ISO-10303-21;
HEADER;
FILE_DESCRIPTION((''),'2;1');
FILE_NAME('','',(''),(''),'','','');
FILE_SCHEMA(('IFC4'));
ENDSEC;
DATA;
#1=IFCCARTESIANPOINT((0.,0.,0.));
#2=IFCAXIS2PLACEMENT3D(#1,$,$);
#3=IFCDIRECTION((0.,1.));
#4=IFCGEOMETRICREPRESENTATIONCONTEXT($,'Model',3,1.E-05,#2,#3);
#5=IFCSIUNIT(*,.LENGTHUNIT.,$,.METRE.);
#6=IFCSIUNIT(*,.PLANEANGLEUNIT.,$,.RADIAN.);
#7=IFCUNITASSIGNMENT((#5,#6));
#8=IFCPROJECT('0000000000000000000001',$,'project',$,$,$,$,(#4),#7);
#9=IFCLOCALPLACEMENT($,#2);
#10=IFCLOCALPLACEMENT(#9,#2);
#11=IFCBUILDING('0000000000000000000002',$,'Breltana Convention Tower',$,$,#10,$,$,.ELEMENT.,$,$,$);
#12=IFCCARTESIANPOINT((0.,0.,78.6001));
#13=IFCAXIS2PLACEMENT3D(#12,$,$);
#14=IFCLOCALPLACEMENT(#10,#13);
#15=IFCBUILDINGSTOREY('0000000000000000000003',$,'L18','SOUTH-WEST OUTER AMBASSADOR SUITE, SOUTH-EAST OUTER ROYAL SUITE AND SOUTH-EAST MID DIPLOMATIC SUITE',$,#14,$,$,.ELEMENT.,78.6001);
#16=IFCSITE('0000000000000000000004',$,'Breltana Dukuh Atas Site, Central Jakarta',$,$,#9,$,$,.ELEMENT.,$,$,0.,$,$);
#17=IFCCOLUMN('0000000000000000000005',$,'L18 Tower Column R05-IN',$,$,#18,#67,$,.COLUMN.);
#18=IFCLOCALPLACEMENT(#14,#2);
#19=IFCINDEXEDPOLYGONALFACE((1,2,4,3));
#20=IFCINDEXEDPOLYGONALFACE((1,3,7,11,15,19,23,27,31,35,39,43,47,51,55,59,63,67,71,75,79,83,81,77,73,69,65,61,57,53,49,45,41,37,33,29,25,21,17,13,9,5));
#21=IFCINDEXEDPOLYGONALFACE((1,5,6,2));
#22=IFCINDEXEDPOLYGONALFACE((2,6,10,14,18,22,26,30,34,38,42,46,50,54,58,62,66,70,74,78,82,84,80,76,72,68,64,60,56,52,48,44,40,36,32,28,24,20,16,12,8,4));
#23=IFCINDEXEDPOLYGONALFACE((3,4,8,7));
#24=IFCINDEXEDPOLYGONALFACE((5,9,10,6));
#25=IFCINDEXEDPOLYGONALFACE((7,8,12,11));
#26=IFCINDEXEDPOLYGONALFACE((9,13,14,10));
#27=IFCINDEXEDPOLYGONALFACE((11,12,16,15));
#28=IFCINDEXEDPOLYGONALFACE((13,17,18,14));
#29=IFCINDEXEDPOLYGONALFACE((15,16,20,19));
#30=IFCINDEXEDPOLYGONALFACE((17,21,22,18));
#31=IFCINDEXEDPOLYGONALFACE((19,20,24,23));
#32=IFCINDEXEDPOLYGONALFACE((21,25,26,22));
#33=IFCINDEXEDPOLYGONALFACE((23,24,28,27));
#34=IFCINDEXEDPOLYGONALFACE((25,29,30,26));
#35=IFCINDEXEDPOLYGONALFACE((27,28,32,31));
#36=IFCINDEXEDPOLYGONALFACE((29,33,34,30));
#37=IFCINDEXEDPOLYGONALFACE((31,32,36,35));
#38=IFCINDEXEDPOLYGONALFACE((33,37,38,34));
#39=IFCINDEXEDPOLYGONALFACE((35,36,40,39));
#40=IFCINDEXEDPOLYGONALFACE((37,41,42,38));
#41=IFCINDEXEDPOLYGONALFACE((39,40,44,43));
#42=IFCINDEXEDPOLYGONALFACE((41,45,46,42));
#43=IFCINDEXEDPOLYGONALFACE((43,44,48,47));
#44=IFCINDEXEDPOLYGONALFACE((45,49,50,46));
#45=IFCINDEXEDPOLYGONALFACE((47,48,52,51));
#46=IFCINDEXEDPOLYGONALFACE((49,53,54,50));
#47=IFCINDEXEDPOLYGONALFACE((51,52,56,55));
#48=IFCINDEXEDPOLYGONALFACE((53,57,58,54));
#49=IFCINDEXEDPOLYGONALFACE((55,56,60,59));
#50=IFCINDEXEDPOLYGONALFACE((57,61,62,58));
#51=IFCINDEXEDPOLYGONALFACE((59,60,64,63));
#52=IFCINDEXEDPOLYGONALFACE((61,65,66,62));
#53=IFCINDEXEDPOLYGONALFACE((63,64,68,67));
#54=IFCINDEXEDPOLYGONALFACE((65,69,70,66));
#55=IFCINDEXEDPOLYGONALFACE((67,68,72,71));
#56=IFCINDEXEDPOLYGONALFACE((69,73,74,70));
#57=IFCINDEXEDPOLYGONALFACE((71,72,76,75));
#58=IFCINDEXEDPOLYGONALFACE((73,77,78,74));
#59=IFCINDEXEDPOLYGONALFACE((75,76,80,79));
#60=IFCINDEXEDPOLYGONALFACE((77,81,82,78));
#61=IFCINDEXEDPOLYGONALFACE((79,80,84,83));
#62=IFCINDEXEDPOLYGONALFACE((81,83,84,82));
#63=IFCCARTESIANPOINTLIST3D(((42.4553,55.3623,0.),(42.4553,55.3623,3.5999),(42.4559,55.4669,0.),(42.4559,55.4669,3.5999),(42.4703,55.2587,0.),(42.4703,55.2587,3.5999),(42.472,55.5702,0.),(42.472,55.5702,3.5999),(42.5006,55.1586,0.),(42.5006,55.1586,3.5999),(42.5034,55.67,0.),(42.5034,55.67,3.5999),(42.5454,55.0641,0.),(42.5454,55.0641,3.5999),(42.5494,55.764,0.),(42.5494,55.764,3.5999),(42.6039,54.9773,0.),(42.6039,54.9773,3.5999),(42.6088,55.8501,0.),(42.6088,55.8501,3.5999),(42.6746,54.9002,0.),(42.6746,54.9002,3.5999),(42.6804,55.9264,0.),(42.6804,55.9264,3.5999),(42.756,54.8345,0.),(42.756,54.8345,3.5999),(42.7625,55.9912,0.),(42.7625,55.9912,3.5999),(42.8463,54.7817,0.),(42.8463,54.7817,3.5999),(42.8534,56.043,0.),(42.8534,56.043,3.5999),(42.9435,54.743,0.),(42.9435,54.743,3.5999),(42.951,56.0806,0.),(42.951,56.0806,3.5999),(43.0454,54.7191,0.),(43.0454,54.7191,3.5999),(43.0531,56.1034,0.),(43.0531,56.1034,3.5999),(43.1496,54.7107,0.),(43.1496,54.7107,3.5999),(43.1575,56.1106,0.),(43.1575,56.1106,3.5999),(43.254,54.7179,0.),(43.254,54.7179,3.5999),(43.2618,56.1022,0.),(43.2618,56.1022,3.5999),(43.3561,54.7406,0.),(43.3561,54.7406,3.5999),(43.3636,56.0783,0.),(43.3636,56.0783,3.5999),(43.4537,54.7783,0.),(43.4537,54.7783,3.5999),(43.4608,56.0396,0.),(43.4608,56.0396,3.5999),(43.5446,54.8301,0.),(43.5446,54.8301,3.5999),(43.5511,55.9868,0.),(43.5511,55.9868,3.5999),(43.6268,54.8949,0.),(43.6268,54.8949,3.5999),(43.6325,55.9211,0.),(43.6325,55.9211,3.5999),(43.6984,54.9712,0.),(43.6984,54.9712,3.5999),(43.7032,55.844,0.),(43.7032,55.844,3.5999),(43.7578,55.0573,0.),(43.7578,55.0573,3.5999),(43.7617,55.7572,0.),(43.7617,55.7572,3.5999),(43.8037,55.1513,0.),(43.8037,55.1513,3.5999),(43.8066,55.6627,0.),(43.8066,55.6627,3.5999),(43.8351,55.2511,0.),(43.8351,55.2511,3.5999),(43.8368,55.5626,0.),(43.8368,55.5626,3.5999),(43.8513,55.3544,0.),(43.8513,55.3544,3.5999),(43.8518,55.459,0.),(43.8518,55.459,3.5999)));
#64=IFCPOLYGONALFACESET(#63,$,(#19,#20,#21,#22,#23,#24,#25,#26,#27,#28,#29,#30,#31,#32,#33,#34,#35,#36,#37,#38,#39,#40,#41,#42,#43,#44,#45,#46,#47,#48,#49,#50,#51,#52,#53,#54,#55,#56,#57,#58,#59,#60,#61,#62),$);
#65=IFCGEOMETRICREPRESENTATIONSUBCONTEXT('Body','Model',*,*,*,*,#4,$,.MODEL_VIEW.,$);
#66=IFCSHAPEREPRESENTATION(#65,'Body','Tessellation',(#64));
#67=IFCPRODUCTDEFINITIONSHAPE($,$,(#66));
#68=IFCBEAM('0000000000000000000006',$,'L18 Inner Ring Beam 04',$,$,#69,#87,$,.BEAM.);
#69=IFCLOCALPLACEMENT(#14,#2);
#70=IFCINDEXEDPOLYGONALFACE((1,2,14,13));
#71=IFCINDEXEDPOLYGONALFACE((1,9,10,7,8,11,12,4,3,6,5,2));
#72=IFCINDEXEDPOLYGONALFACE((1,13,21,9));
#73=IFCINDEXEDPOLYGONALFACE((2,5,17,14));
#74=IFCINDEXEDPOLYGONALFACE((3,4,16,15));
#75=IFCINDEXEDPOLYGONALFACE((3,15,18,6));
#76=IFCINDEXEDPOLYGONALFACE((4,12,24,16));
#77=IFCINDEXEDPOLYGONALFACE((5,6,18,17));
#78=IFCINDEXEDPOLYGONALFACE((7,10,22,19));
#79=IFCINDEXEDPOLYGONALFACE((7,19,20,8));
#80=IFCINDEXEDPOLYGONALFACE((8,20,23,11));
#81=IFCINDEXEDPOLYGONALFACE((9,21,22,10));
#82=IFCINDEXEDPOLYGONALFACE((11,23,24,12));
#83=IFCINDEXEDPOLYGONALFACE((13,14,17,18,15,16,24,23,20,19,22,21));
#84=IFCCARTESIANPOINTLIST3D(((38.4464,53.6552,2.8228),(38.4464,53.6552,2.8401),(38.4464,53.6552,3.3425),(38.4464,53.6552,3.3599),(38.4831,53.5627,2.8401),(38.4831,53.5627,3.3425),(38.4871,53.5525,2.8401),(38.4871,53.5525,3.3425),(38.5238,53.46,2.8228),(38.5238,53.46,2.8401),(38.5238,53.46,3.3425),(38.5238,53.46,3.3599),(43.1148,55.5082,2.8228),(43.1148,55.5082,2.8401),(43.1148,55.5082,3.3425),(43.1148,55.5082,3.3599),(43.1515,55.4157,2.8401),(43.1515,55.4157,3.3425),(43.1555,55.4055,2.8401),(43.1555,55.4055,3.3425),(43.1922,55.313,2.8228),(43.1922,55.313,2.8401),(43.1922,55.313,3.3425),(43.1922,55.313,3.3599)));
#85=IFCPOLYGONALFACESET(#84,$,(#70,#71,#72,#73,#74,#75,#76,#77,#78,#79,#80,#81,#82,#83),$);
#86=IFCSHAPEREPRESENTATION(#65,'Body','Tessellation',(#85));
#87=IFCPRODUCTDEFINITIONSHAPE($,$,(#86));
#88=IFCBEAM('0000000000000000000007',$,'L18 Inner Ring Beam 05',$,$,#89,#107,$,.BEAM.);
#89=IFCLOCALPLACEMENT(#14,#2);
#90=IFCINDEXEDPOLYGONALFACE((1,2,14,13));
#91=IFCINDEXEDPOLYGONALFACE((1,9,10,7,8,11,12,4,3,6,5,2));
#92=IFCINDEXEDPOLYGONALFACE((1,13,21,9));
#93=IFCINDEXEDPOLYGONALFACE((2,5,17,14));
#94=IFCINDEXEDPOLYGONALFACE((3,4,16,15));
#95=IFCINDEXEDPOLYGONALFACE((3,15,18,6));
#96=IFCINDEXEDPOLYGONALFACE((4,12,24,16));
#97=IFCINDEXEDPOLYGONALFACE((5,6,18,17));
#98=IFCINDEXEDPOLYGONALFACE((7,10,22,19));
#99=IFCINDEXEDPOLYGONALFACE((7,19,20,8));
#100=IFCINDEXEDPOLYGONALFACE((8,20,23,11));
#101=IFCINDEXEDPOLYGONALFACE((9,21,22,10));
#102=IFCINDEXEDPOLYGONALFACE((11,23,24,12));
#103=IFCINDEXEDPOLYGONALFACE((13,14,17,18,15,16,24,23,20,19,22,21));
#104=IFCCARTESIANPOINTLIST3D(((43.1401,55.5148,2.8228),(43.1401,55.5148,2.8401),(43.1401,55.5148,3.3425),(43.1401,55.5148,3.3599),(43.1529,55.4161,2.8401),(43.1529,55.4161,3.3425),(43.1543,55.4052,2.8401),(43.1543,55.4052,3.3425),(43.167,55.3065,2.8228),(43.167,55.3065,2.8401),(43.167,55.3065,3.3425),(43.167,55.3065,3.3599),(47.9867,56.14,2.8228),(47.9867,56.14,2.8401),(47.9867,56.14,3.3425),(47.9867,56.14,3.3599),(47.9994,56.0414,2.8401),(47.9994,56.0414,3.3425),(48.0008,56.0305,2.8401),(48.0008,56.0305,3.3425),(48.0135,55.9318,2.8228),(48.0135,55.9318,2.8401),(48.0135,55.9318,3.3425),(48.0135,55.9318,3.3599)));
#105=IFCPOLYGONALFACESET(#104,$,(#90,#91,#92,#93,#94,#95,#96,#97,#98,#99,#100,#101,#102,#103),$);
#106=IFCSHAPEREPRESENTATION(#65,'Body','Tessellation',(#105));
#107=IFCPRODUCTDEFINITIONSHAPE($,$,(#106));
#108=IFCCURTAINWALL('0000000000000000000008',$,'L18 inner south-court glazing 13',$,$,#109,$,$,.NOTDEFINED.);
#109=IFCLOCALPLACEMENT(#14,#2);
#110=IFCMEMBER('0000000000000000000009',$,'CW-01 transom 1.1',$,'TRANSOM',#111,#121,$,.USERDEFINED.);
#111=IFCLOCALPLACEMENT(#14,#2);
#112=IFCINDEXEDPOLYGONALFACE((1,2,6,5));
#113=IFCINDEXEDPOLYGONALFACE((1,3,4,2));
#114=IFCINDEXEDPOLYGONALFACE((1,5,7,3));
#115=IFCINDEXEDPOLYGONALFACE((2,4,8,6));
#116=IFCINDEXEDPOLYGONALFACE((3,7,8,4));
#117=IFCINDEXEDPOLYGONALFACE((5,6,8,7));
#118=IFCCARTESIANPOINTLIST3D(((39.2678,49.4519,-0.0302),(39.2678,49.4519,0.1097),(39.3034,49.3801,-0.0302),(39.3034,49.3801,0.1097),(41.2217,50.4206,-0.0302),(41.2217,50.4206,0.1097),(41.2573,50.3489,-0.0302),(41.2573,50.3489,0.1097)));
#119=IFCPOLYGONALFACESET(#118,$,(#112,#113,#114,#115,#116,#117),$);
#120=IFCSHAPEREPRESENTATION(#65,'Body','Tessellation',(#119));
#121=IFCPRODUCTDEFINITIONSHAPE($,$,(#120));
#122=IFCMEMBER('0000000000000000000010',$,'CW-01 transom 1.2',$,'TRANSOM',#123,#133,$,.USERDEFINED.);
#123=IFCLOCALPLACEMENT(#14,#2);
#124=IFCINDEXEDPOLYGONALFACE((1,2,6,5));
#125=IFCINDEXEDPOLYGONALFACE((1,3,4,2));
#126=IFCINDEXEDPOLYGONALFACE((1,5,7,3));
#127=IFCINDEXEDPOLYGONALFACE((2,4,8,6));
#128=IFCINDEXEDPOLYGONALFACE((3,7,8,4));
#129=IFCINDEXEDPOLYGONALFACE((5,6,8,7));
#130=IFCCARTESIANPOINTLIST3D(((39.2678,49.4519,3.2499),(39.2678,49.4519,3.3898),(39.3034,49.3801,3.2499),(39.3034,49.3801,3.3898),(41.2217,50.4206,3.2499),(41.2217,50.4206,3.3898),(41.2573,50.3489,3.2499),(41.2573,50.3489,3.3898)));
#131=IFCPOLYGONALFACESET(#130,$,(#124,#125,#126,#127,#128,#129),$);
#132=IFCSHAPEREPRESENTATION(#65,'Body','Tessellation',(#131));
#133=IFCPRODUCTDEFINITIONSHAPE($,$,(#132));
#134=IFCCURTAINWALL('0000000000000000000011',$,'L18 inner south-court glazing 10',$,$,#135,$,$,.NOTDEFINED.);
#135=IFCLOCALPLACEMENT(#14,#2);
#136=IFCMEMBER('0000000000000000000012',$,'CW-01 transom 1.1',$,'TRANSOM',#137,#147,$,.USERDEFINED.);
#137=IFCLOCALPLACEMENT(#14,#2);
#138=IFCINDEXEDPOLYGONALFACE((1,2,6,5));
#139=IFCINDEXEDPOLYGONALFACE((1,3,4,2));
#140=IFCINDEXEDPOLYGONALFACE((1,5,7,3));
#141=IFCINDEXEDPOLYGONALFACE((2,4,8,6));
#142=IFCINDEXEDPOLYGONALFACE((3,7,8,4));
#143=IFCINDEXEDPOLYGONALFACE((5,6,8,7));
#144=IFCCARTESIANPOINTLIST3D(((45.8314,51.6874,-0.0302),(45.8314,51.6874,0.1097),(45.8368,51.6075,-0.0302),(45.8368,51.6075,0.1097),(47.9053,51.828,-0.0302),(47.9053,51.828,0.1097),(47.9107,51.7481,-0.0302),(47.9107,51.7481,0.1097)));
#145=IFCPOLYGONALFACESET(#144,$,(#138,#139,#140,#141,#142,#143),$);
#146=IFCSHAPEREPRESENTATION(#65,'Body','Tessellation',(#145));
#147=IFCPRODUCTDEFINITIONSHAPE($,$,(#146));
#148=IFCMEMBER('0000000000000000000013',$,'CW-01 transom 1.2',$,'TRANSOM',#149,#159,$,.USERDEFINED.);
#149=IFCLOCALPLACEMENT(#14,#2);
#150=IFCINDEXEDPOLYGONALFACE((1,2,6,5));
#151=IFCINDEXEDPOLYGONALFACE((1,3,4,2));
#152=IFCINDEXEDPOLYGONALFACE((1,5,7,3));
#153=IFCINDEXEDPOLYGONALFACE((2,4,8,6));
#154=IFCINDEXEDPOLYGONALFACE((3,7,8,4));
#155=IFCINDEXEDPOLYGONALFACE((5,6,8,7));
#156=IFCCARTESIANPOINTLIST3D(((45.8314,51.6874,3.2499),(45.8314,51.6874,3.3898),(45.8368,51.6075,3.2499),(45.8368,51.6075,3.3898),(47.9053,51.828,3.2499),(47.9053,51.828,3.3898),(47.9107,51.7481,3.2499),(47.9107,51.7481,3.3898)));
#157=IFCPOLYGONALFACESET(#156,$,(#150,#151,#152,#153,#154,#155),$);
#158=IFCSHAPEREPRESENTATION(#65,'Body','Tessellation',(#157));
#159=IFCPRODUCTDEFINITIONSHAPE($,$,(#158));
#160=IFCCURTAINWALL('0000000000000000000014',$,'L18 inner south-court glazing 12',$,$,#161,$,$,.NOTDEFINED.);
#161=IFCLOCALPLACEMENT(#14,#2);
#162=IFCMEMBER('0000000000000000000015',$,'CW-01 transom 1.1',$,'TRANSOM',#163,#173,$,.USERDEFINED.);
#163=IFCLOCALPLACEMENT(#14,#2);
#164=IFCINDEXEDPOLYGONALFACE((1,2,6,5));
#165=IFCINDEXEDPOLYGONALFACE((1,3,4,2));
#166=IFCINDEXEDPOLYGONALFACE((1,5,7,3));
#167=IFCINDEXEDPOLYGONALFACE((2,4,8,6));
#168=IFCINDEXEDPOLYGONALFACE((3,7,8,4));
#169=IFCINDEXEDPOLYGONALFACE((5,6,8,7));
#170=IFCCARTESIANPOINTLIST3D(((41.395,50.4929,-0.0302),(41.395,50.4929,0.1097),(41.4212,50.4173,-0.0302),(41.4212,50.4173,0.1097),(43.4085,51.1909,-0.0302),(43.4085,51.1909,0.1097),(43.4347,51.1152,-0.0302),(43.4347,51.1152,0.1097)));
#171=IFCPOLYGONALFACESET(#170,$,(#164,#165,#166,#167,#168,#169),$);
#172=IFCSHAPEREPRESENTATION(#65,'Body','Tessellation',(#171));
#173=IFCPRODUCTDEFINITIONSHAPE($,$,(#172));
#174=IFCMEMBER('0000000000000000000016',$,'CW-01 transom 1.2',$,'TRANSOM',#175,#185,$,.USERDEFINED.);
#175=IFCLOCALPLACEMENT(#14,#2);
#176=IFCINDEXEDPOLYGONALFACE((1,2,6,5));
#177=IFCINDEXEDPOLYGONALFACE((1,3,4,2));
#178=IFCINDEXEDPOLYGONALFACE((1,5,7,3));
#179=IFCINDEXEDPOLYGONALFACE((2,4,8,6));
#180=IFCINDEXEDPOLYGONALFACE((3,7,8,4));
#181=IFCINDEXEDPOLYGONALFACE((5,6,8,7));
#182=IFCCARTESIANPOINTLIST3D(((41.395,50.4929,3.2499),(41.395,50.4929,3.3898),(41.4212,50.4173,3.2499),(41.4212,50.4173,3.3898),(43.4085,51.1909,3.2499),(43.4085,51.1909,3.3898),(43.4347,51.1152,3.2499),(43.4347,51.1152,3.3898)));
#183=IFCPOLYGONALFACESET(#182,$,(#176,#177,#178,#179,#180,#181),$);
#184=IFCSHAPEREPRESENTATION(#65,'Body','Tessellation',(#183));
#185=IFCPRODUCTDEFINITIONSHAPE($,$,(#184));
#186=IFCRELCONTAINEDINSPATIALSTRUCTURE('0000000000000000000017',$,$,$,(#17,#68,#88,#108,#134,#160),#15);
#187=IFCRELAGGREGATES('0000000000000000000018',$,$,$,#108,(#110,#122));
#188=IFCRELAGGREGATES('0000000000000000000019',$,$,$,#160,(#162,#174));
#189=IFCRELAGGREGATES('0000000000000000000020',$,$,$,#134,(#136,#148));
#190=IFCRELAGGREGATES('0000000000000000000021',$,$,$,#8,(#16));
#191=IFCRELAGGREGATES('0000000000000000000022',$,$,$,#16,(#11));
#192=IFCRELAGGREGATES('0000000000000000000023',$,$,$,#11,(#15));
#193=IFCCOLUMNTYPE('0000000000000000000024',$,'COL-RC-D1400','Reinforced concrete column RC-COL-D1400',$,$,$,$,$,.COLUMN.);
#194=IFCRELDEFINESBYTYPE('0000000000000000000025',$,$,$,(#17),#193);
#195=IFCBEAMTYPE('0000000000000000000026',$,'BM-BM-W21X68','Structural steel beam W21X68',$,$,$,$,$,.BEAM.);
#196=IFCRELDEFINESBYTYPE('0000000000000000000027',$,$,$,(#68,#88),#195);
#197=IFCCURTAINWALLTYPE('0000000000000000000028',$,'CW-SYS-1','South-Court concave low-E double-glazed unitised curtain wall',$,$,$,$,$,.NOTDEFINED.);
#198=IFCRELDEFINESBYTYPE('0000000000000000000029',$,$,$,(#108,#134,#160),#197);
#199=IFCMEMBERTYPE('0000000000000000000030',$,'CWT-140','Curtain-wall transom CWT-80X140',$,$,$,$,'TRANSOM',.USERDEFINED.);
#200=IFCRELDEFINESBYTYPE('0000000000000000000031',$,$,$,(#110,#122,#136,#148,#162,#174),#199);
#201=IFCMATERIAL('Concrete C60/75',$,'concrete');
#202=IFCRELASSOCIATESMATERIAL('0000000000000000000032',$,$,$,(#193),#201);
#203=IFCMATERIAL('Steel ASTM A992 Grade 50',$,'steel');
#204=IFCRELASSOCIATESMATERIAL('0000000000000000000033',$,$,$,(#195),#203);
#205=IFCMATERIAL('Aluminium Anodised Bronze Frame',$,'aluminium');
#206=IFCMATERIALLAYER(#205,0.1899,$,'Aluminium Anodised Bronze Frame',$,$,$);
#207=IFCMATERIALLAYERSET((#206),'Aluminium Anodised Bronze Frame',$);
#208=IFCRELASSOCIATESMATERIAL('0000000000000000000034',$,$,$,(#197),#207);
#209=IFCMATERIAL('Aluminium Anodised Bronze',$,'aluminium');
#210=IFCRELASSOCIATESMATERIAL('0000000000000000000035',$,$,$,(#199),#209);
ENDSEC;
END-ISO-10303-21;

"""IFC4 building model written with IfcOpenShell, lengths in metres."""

from ifc_helpers import new_model, si_unit, direction, frame, origin, origin_2d, place, context, subcontext, project, spatial, rectangle, circle, i_section, extrude, source, transform, mapped, material, layer, layer_set, material_profile, profile_set, type_object, element, aggregate, save


model = new_model("IFC4")

# Units and contexts
model_context = context("Model", 3, precision=1e-05, world=origin(), true_north=direction((0.0, 1.0)))
body_context = subcontext(model_context, "Body", "Model", "MODEL_VIEW")
ifc_project = project(units=[si_unit("LENGTHUNIT", "METRE"), si_unit("PLANEANGLEUNIT", "RADIAN")], contexts=[model_context])

# Site, building, storey
site_placement = place(None, origin())
site = spatial("IfcSite", under=ifc_project, at=site_placement, Name="Breltana Dukuh Atas Site, Central Jakarta", CompositionType="ELEMENT", RefElevation=0.0)
building_placement = place(site_placement, origin())
building = spatial("IfcBuilding", under=site, at=building_placement, Name="Breltana Convention Tower", CompositionType="ELEMENT")
storey_placement = place(building_placement, frame((0.0, 0.0, 78.6001)))
storey = spatial("IfcBuildingStorey", under=building, at=storey_placement, Name="L18", Description="SOUTH-WEST OUTER AMBASSADOR SUITE, SOUTH-EAST OUTER ROYAL SUITE AND SOUTH-EAST MID DIPLOMATIC SUITE", CompositionType="ELEMENT", Elevation=78.6001)

# Column
ifc_material_1 = material(Name="Concrete C60/75", Category="concrete")
ifc_material_profile_1 = material_profile(ifc_material_1, circle(Radius=0.7, at=origin_2d()), Name="RC-COL-D1400")
ifc_profile_set_1 = profile_set([ifc_material_profile_1], Name="Concrete C60/75")
column_type = type_object("IfcColumnType", Name="COL-RC-D1400", Description="Reinforced concrete column RC-COL-D1400", PredefinedType="COLUMN", material=ifc_profile_set_1)
shared_shape_1 = source(origin(), body_context, "Body", "SweptSolid", [
    extrude(circle(Radius=0.7, at=origin_2d()), origin(), (0.0, 0.0, 1.0), 3.5999),
])
column_placement = place(storey_placement, frame((43.1536, 55.4106, 0.0), z_axis=(0.0, 0.0, 1.0), x_axis=(-0.143493, 0.989651, 0.0)))
element("IfcColumn", 1, at=column_placement, inside=storey, type_object=column_type, Name="L18 Tower Column R05-IN", PredefinedType="COLUMN", context=body_context, shape_type="MappedRepresentation", body=[
    mapped(shared_shape_1, transform((0.0, 0.0, 0.0), scale=1.0)),
])

# Beams
ifc_material_2 = material(Name="Steel ASTM A992 Grade 50", Category="steel")
ifc_material_profile_2 = material_profile(ifc_material_2, i_section(OverallWidth=0.21, OverallDepth=0.5371, WebThickness=0.011, FlangeThickness=0.0173, at=origin_2d()), Name="W21X68")
ifc_profile_set_2 = profile_set([ifc_material_profile_2], Name="Steel ASTM A992 Grade 50")
beam_type = type_object("IfcBeamType", Name="BM-BM-W21X68", Description="Structural steel beam W21X68", PredefinedType="BEAM", material=ifc_profile_set_2)
shared_shape_2 = source(origin(), body_context, "Body", "SweptSolid", [
    extrude(i_section(OverallWidth=0.21, OverallDepth=0.5371, WebThickness=0.011, FlangeThickness=0.0173, at=origin_2d()), origin(), (0.0, 0.0, 1.0), 5.0227),
])
beam_1_placement = place(storey_placement, frame((38.4851, 53.5576, 3.0913), z_axis=(0.929459, 0.368926, 0.0), x_axis=(-0.368926, 0.929459, 0.0)))
element("IfcBeam", 2, at=beam_1_placement, inside=storey, type_object=beam_type, Name="L18 Inner Ring Beam 04", PredefinedType="BEAM", context=body_context, shape_type="MappedRepresentation", body=[
    mapped(shared_shape_2, transform((0.0, 0.0, 0.0), scale=1.0)),
])
shared_shape_3 = source(origin(), body_context, "Body", "SweptSolid", [
    extrude(i_section(OverallWidth=0.21, OverallDepth=0.5371, WebThickness=0.011, FlangeThickness=0.0173, at=origin_2d()), origin(), (0.0, 0.0, 1.0), 4.8867),
])
beam_2_placement = place(storey_placement, frame((43.1536, 55.4106, 3.0913), z_axis=(0.991781, 0.127951, 0.0), x_axis=(-0.127951, 0.991781, 0.0)))
element("IfcBeam", 3, at=beam_2_placement, inside=storey, type_object=beam_type, Name="L18 Inner Ring Beam 05", PredefinedType="BEAM", context=body_context, shape_type="MappedRepresentation", body=[
    mapped(shared_shape_3, transform((0.0, 0.0, 0.0), scale=1.0)),
])

# Curtain walls, members
ifc_material_3 = material(Name="Aluminium Anodised Bronze Frame", Category="aluminium")
ifc_layer_1 = layer(ifc_material_3, 0.1899, Name="Aluminium Anodised Bronze Frame")
ifc_layer_set_1 = layer_set([ifc_layer_1], Name="Aluminium Anodised Bronze Frame")
curtain_wall_type = type_object("IfcCurtainWallType", Name="CW-SYS-1", Description="South-Court concave low-E double-glazed unitised curtain wall", PredefinedType="NOTDEFINED", material=ifc_layer_set_1)
curtain_wall_1_placement = place(storey_placement, origin())
curtain_wall_1 = element("IfcCurtainWall", 4, at=curtain_wall_1_placement, inside=storey, type_object=curtain_wall_type, Name="L18 inner south-court glazing 13", PredefinedType="NOTDEFINED")
ifc_material_4 = material(Name="Aluminium Anodised Bronze", Category="aluminium")
ifc_material_profile_3 = material_profile(ifc_material_4, rectangle(XDim=0.0801, YDim=0.1399, at=origin_2d()), Name="CWT-80X140")
ifc_profile_set_3 = profile_set([ifc_material_profile_3], Name="Aluminium Anodised Bronze")
member_type_1 = type_object("IfcMemberType", Name="CWT-140", Description="Curtain-wall transom CWT-80X140", ElementType="TRANSOM", PredefinedType="USERDEFINED", material=ifc_profile_set_3)
shared_shape_4 = source(origin(), body_context, "Body", "SweptSolid", [
    extrude(rectangle(XDim=0.0801, YDim=0.1399, at=origin_2d()), origin(), (0.0, 0.0, 1.0), 2.1809),
])
member_1_placement = place(storey_placement, frame((41.2395, 50.3848, 0.0398), z_axis=(-0.895922, -0.444211, 0.0), x_axis=(0.444211, -0.895922, 0.0)))
member_1 = element("IfcMember", 5, at=member_1_placement, type_object=member_type_1, Name="CW-01 transom 1.1", ObjectType="TRANSOM", PredefinedType="USERDEFINED", context=body_context, shape_type="MappedRepresentation", body=[
    mapped(shared_shape_4, transform((0.0, 0.0, 0.0), scale=1.0)),
])
member_2_placement = place(storey_placement, frame((41.2395, 50.3848, 3.3198), z_axis=(-0.895922, -0.444211, 0.0), x_axis=(0.444211, -0.895922, 0.0)))
member_2 = element("IfcMember", 6, at=member_2_placement, type_object=member_type_1, Name="CW-01 transom 1.2", ObjectType="TRANSOM", PredefinedType="USERDEFINED", context=body_context, shape_type="MappedRepresentation", body=[
    mapped(shared_shape_4, transform((0.0, 0.0, 0.0), scale=1.0)),
])
curtain_wall_2_placement = place(storey_placement, origin())
curtain_wall_2 = element("IfcCurtainWall", 7, at=curtain_wall_2_placement, inside=storey, type_object=curtain_wall_type, Name="L18 inner south-court glazing 10", PredefinedType="NOTDEFINED")
shared_shape_5 = source(origin(), body_context, "Body", "SweptSolid", [
    extrude(rectangle(XDim=0.0801, YDim=0.1399, at=origin_2d()), origin(), (0.0, 0.0, 1.0), 2.0786),
])
member_3_placement = place(storey_placement, frame((47.908, 51.7881, 0.0398), z_axis=(-0.997709, -0.067657, 0.0), x_axis=(0.067657, -0.997709, 0.0)))
member_3 = element("IfcMember", 8, at=member_3_placement, type_object=member_type_1, Name="CW-01 transom 1.1", ObjectType="TRANSOM", PredefinedType="USERDEFINED", context=body_context, shape_type="MappedRepresentation", body=[
    mapped(shared_shape_5, transform((0.0, 0.0, 0.0), scale=1.0)),
])
member_4_placement = place(storey_placement, frame((47.908, 51.7881, 3.3198), z_axis=(-0.997709, -0.067657, 0.0), x_axis=(0.067657, -0.997709, 0.0)))
member_4 = element("IfcMember", 9, at=member_4_placement, type_object=member_type_1, Name="CW-01 transom 1.2", ObjectType="TRANSOM", PredefinedType="USERDEFINED", context=body_context, shape_type="MappedRepresentation", body=[
    mapped(shared_shape_5, transform((0.0, 0.0, 0.0), scale=1.0)),
])
curtain_wall_3_placement = place(storey_placement, origin())
curtain_wall_3 = element("IfcCurtainWall", 10, at=curtain_wall_3_placement, inside=storey, type_object=curtain_wall_type, Name="L18 inner south-court glazing 12", PredefinedType="NOTDEFINED")
shared_shape_6 = source(origin(), body_context, "Body", "SweptSolid", [
    extrude(rectangle(XDim=0.0801, YDim=0.1399, at=origin_2d()), origin(), (0.0, 0.0, 1.0), 2.1311),
])
member_5_placement = place(storey_placement, frame((43.4216, 51.1531, 0.0398), z_axis=(-0.944847, -0.327512, 0.0), x_axis=(0.327512, -0.944847, 0.0)))
member_5 = element("IfcMember", 11, at=member_5_placement, type_object=member_type_1, Name="CW-01 transom 1.1", ObjectType="TRANSOM", PredefinedType="USERDEFINED", context=body_context, shape_type="MappedRepresentation", body=[
    mapped(shared_shape_6, transform((0.0, 0.0, 0.0), scale=1.0)),
])
member_6_placement = place(storey_placement, frame((43.4216, 51.1531, 3.3198), z_axis=(-0.944847, -0.327512, 0.0), x_axis=(0.327512, -0.944847, 0.0)))
member_6 = element("IfcMember", 12, at=member_6_placement, type_object=member_type_1, Name="CW-01 transom 1.2", ObjectType="TRANSOM", PredefinedType="USERDEFINED", context=body_context, shape_type="MappedRepresentation", body=[
    mapped(shared_shape_6, transform((0.0, 0.0, 0.0), scale=1.0)),
])

aggregate(curtain_wall_1, [member_1, member_2])

aggregate(curtain_wall_3, [member_5, member_6])
aggregate(curtain_wall_2, [member_3, member_4])

save(model, "model.ifc")
